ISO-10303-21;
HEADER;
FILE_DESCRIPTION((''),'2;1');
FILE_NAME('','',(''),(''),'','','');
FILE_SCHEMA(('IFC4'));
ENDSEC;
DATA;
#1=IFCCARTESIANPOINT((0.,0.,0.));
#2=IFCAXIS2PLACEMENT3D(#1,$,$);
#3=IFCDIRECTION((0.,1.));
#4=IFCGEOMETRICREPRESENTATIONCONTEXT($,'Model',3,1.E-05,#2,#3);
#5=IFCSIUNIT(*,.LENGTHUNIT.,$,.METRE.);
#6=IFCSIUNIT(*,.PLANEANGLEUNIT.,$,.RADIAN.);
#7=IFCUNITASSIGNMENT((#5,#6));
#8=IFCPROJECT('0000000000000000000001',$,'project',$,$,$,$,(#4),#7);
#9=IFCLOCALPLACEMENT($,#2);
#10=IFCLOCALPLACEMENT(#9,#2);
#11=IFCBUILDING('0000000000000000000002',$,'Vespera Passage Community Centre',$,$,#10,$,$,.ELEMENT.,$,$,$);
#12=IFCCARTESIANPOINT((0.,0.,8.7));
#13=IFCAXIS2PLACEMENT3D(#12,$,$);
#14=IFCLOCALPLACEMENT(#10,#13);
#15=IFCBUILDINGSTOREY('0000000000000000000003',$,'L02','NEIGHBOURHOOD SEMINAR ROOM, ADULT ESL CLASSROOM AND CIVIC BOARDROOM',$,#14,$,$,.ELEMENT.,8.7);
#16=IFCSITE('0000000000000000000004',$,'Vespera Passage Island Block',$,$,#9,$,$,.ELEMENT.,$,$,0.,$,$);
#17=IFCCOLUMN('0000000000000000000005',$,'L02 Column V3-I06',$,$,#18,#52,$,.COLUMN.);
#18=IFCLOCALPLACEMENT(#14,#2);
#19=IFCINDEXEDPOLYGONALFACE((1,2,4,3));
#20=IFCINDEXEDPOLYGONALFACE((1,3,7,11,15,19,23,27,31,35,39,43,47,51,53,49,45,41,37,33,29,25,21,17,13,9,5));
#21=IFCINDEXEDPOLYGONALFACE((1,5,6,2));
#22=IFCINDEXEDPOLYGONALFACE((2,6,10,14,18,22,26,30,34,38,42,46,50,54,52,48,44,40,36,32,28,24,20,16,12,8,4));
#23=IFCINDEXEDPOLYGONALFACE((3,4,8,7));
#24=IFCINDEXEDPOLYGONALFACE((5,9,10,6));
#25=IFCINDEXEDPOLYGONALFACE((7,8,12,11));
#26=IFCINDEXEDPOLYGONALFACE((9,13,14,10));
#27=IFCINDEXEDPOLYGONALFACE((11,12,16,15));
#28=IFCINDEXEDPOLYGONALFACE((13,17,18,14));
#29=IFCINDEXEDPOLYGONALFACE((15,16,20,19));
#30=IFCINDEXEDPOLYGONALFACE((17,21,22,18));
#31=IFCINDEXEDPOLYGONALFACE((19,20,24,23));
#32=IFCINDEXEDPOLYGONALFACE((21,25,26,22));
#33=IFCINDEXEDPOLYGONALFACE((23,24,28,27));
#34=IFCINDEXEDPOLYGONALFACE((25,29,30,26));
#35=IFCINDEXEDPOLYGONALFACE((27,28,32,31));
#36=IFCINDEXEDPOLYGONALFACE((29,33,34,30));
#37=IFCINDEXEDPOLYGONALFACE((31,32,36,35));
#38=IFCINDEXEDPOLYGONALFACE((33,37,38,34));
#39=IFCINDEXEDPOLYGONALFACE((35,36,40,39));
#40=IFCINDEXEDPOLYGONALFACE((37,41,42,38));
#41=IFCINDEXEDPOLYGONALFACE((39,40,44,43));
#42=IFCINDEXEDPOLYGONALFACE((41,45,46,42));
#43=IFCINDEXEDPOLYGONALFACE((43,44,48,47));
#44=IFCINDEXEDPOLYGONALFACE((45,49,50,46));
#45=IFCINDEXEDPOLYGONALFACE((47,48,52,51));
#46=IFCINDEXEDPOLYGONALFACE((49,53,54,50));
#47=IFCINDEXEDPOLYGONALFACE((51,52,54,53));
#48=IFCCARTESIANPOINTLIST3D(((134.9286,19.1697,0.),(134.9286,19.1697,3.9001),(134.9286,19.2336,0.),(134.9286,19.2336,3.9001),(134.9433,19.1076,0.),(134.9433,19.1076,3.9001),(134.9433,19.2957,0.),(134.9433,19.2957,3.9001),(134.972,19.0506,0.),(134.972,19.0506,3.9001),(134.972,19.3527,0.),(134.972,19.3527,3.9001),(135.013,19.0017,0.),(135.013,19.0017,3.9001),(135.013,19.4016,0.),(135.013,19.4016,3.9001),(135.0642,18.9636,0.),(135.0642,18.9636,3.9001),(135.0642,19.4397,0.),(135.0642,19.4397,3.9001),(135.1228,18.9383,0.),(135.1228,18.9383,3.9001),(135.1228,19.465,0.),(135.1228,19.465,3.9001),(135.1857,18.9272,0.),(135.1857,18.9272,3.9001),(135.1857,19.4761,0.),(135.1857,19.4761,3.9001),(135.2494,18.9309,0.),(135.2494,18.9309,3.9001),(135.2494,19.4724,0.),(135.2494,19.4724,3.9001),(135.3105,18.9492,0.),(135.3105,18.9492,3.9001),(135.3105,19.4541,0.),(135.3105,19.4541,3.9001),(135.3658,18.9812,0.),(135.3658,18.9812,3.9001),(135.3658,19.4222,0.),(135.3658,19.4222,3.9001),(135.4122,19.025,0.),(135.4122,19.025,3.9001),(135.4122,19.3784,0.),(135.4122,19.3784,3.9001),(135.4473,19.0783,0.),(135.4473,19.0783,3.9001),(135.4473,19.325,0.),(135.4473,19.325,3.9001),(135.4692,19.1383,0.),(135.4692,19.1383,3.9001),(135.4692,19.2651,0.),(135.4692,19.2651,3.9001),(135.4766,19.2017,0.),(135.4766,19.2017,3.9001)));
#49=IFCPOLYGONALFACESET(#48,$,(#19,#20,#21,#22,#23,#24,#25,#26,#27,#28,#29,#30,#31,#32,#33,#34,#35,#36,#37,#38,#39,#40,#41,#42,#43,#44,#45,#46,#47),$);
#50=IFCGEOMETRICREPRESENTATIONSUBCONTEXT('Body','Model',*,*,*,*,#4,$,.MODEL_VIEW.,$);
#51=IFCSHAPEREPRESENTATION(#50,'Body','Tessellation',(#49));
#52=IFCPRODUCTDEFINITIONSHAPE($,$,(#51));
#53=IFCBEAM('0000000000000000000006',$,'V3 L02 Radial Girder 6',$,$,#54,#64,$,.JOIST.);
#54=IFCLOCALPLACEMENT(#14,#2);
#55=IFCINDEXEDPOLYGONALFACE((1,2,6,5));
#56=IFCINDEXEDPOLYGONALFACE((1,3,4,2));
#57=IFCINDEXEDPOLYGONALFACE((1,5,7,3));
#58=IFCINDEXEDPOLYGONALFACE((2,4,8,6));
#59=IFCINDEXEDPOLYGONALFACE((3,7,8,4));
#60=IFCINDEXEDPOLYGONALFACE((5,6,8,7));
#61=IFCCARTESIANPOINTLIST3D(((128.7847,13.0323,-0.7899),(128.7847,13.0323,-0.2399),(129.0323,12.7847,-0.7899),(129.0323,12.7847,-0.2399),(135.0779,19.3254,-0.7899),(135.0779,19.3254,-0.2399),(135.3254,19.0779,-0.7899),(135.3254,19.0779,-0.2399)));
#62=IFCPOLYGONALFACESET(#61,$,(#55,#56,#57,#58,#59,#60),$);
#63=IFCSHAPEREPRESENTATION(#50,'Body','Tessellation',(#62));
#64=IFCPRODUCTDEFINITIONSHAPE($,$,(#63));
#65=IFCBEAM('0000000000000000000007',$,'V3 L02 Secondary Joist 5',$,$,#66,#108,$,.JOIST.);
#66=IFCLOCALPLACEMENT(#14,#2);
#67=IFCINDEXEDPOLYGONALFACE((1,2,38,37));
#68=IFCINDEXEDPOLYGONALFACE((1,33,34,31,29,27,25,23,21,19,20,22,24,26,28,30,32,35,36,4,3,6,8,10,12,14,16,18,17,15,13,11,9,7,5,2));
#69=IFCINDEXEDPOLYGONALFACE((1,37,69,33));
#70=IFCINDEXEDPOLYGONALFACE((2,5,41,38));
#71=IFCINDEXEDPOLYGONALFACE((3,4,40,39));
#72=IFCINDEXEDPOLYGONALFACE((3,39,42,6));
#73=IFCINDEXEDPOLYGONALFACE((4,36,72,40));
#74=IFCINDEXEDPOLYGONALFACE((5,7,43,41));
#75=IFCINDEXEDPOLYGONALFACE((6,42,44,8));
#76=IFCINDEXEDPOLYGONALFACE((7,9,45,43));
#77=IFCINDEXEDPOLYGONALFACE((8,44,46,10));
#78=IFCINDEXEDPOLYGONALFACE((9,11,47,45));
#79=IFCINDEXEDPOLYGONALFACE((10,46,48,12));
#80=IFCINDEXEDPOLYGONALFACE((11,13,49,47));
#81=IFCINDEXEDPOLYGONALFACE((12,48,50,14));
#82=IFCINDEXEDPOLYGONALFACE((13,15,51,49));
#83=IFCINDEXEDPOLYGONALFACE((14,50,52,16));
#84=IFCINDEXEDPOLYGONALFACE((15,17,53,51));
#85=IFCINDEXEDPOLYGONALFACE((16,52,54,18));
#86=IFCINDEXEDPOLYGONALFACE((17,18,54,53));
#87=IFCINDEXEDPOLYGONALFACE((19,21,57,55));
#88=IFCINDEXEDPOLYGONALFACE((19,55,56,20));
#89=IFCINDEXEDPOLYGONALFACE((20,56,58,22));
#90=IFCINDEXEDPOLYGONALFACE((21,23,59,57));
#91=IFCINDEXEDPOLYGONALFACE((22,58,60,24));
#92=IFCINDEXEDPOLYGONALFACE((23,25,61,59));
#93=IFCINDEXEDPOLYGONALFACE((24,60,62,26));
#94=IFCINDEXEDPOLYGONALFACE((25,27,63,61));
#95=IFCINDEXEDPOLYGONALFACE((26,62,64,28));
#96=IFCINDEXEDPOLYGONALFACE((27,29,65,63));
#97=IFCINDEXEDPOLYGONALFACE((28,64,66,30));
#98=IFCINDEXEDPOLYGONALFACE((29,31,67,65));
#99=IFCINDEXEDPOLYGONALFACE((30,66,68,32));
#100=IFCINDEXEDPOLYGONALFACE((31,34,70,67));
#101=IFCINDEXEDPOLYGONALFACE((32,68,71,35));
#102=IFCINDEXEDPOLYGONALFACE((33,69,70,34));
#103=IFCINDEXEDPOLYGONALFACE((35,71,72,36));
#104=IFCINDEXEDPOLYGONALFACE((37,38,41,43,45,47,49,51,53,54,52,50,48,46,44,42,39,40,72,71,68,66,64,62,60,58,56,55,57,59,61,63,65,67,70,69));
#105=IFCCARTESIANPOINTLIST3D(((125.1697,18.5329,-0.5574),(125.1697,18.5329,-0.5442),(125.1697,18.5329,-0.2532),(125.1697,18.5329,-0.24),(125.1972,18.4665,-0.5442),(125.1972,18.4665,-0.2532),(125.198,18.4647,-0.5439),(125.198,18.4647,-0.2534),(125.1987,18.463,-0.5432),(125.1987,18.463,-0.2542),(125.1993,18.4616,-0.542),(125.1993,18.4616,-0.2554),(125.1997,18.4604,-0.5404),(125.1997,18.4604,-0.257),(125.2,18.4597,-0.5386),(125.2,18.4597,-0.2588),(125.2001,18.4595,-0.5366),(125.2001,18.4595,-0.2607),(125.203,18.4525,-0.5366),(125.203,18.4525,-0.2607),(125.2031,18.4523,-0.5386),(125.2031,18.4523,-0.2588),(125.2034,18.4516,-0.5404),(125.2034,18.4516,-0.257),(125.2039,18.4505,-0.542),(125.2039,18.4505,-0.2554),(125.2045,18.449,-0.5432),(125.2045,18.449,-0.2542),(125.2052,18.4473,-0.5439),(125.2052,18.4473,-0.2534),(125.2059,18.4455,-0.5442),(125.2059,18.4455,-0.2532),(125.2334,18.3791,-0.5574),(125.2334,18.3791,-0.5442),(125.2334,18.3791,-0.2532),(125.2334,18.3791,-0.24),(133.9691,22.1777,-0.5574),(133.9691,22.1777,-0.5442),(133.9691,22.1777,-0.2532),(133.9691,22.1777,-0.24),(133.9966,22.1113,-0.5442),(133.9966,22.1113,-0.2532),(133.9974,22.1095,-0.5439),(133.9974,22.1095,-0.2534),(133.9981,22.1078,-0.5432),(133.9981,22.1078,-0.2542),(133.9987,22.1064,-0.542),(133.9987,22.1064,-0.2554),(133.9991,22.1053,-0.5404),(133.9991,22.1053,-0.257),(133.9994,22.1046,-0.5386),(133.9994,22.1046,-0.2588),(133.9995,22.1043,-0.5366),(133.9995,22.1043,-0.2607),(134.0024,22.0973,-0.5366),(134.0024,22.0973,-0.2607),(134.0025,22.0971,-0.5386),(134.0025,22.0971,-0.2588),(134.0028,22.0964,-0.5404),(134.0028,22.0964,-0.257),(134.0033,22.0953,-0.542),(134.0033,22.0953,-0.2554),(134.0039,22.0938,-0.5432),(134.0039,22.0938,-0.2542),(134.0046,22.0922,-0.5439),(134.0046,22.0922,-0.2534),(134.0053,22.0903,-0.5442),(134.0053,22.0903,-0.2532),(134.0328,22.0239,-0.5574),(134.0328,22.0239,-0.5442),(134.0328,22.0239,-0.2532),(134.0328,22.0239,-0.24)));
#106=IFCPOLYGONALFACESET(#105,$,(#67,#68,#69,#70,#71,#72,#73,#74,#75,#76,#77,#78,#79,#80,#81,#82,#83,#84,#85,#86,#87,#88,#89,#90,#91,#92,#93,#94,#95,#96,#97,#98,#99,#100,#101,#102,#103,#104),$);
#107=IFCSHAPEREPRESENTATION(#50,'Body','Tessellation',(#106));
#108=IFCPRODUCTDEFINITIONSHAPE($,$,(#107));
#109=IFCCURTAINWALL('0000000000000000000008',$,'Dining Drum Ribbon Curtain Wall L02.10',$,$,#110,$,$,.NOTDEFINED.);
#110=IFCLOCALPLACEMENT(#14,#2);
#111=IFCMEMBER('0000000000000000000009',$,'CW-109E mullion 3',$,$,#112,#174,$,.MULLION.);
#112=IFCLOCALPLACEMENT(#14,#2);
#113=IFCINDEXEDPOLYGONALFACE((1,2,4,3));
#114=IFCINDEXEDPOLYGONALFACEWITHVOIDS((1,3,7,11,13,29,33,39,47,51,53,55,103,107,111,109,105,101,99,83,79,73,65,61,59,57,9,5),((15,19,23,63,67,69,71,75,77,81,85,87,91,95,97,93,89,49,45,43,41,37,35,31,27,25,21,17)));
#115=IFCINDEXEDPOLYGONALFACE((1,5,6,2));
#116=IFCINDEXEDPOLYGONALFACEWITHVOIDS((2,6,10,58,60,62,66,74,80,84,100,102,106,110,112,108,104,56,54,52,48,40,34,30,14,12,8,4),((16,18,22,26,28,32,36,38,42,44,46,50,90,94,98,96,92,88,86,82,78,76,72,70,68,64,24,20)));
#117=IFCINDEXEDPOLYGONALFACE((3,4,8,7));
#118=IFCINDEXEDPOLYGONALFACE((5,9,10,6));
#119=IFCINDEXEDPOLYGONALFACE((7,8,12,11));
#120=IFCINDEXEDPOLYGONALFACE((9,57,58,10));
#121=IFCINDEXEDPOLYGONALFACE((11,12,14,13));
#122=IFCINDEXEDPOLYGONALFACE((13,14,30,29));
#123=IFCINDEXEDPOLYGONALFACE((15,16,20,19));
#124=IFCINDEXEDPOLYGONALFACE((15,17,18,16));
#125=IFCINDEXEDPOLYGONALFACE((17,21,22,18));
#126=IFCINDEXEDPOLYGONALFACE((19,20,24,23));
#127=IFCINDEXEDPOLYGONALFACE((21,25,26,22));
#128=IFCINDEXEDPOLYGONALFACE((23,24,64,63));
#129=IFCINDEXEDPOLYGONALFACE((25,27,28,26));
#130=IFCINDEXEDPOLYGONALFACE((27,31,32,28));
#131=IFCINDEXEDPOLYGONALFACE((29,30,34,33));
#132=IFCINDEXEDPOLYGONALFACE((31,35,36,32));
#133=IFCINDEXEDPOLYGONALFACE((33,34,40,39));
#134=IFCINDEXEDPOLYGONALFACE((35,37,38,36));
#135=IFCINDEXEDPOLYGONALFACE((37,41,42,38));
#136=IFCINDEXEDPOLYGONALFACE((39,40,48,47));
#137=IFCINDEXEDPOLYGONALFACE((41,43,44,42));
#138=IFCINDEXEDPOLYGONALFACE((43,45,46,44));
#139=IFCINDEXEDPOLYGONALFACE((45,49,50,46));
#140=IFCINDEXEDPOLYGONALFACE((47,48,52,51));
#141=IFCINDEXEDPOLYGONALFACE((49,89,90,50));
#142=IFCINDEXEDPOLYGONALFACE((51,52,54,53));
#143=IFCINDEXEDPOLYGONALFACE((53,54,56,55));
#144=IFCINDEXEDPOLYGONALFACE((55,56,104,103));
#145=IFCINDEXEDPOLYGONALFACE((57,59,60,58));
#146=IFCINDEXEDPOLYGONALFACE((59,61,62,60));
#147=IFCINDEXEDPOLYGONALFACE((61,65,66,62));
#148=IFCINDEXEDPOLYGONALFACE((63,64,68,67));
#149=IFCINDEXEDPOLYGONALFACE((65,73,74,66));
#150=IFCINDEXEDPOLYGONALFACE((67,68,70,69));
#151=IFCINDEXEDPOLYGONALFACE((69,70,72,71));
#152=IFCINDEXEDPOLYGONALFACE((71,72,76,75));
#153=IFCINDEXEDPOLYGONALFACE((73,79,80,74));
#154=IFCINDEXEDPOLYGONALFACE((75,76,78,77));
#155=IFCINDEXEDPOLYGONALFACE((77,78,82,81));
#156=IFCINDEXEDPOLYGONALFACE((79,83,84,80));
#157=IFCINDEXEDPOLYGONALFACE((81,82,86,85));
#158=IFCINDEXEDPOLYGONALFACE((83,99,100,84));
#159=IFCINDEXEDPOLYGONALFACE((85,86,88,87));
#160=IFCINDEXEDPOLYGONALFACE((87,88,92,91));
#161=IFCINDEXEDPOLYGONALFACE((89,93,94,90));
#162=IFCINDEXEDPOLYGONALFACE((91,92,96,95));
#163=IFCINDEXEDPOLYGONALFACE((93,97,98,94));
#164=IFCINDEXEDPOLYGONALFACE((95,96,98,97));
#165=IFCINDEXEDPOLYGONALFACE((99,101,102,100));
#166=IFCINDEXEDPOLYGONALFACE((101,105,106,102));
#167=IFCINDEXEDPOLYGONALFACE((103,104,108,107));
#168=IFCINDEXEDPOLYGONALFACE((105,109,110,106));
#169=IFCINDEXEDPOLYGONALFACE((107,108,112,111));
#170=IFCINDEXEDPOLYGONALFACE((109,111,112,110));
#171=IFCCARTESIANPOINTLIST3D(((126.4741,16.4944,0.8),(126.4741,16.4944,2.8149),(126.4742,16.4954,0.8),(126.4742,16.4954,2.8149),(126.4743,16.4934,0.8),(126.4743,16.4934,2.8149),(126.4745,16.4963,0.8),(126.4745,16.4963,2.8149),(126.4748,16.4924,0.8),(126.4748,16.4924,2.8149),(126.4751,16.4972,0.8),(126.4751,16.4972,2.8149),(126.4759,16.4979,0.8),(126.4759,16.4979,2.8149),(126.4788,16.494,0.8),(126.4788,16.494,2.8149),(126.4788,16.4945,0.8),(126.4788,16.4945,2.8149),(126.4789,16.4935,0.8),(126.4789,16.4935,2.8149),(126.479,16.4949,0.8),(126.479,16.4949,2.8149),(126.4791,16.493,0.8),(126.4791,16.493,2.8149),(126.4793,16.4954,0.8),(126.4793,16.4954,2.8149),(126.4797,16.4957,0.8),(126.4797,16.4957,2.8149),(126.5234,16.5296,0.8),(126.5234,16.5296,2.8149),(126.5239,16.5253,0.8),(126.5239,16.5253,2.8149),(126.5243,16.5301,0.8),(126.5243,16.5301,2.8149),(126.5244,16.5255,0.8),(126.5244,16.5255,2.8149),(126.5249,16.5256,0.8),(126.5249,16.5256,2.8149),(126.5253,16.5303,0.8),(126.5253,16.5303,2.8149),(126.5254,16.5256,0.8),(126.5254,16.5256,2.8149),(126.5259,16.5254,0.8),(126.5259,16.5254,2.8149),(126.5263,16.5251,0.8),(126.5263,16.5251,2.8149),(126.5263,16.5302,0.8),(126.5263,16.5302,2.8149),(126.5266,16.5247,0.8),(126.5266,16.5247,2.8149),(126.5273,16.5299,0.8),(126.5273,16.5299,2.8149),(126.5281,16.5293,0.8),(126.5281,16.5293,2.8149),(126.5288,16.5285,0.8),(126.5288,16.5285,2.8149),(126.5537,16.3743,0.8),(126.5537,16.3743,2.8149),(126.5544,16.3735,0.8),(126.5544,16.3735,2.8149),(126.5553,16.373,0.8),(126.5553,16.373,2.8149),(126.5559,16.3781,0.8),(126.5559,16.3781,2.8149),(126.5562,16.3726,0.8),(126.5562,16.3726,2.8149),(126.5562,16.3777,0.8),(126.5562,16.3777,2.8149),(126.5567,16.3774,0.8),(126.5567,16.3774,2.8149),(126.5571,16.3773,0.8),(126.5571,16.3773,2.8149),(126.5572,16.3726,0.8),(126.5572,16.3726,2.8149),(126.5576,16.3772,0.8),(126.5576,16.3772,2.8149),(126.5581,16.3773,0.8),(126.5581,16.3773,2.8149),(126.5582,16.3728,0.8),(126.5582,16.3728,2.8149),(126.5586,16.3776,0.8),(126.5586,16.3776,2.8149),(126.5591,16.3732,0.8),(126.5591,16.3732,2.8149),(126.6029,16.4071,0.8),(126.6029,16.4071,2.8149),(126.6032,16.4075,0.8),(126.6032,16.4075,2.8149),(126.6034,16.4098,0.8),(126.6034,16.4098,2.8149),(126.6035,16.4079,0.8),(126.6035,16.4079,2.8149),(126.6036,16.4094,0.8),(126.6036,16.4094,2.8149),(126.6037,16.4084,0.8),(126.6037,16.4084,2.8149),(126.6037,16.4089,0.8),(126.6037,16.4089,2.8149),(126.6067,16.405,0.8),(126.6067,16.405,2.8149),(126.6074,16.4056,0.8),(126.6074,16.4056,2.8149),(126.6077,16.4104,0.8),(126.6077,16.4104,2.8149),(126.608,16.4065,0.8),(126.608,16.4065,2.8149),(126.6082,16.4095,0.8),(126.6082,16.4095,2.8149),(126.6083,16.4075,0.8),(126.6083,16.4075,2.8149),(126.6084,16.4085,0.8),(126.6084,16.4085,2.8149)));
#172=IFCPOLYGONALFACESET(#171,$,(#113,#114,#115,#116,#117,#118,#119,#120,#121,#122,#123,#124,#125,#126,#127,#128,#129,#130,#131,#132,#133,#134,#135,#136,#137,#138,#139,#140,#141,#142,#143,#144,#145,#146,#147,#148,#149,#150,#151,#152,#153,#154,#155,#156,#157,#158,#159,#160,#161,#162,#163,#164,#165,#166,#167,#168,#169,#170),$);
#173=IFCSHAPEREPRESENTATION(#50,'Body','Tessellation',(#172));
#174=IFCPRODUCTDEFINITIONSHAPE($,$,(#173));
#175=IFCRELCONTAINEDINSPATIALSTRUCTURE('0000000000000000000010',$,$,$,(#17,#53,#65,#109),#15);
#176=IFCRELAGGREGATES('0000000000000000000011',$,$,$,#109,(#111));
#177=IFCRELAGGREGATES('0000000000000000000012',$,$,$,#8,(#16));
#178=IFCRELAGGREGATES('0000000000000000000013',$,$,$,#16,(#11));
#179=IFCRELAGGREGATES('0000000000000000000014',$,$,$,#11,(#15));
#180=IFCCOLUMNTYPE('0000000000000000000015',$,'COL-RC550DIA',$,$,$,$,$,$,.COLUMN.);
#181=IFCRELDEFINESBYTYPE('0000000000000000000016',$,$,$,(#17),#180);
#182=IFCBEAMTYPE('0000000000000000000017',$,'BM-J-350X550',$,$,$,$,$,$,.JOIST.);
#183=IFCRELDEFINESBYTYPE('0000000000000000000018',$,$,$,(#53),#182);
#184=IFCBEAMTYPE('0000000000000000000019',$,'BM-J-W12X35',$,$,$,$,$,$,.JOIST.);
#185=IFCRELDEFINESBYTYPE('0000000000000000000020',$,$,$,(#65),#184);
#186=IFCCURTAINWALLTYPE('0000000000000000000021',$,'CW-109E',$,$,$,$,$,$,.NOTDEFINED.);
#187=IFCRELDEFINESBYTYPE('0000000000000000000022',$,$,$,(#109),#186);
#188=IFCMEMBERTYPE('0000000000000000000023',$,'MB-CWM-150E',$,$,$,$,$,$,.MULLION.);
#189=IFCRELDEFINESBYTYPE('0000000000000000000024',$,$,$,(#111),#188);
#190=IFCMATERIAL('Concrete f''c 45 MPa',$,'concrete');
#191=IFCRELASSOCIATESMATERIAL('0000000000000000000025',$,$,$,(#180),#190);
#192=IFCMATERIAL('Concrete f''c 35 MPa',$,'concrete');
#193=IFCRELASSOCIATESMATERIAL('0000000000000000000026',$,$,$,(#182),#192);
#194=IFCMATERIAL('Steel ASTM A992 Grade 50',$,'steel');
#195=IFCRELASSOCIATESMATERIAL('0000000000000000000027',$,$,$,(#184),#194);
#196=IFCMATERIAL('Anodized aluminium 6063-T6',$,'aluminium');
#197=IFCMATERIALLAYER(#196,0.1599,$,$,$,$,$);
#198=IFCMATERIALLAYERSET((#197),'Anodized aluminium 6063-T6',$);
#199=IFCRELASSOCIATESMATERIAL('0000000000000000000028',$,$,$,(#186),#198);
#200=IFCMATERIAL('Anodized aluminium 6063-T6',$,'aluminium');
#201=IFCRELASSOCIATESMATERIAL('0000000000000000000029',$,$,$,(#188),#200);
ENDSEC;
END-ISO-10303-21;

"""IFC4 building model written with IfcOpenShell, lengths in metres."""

from ifc_helpers import new_model, si_unit, direction, frame, origin, origin_2d, place, context, subcontext, project, spatial, rectangle, hollow_rectangle, circle, i_section, extrude, material, layer, layer_set, material_profile, profile_set, type_object, element, aggregate, save


model = new_model("IFC4")

# Units and contexts
model_context = context("Model", 3, precision=1e-05, world=origin(), true_north=direction((0.0, 1.0)))
body_context = subcontext(model_context, "Body", "Model", "MODEL_VIEW")
ifc_project = project(units=[si_unit("LENGTHUNIT", "METRE"), si_unit("PLANEANGLEUNIT", "RADIAN")], contexts=[model_context])

# Site, building, storey
site_placement = place(None, origin())
site = spatial("IfcSite", under=ifc_project, at=site_placement, Name="Vespera Passage Island Block", CompositionType="ELEMENT", RefElevation=0.0)
building_placement = place(site_placement, origin())
building = spatial("IfcBuilding", under=site, at=building_placement, Name="Vespera Passage Community Centre", CompositionType="ELEMENT")
storey_placement = place(building_placement, frame((0.0, 0.0, 8.7)))
storey = spatial("IfcBuildingStorey", under=building, at=storey_placement, Name="L02", Description="NEIGHBOURHOOD SEMINAR ROOM, ADULT ESL CLASSROOM AND CIVIC BOARDROOM", CompositionType="ELEMENT", Elevation=8.7)

# Column
ifc_material_1 = material(Name="Concrete f'c 45 MPa", Category="concrete")
ifc_material_profile_1 = material_profile(ifc_material_1, circle(Radius=0.2749, at=origin_2d()), Name="RC550DIA")
ifc_profile_set_1 = profile_set([ifc_material_profile_1], Name="Concrete f'c 45 MPa")
column_type = type_object("IfcColumnType", Name="COL-RC550DIA", PredefinedType="COLUMN", material=ifc_profile_set_1)
column_placement = place(storey_placement, frame((135.2017, 19.2017, 0.0), z_axis=(0.0, 0.0, 1.0), x_axis=(1.0, 0.0, 0.0)))
element("IfcColumn", 1, at=column_placement, inside=storey, type_object=column_type, Name="L02 Column V3-I06", PredefinedType="COLUMN", context=body_context, shape_type="SweptSolid", body=[
    extrude(circle(Radius=0.2749, at=origin_2d()), origin(), (0.0, 0.0, 1.0), 3.9001),
])

# Beams
ifc_material_2 = material(Name="Concrete f'c 35 MPa", Category="concrete")
ifc_material_profile_2 = material_profile(ifc_material_2, rectangle(XDim=0.3501, YDim=0.55, at=origin_2d()), Name="RC350X550")
ifc_profile_set_2 = profile_set([ifc_material_profile_2], Name="Concrete f'c 35 MPa")
beam_type_1 = type_object("IfcBeamType", Name="BM-J-350X550", PredefinedType="JOIST", material=ifc_profile_set_2)
beam_1_placement = place(storey_placement, frame((135.2017, 19.2017, -0.5149), z_axis=(-0.707107, -0.707107, 0.0), x_axis=(0.707107, -0.707107, 0.0)))
element("IfcBeam", 2, at=beam_1_placement, inside=storey, type_object=beam_type_1, Name="V3 L02 Radial Girder 6", PredefinedType="JOIST", context=body_context, shape_type="SweptSolid", body=[
    extrude(rectangle(XDim=0.3501, YDim=0.55, at=origin_2d()), origin(), (0.0, 0.0, 1.0), 8.8999),
])
ifc_material_3 = material(Name="Steel ASTM A992 Grade 50", Category="steel")
ifc_material_profile_3 = material_profile(ifc_material_3, i_section(OverallWidth=0.1665, OverallDepth=0.3174, WebThickness=0.0076, FlangeThickness=0.0132, FilletRadius=0.0076, at=origin_2d()), Name="W12X35")
ifc_profile_set_3 = profile_set([ifc_material_profile_3], Name="Steel ASTM A992 Grade 50")
beam_type_2 = type_object("IfcBeamType", Name="BM-J-W12X35", PredefinedType="JOIST", material=ifc_profile_set_3)
beam_2_placement = place(storey_placement, frame((134.001, 22.1008, -0.3987), z_axis=(-0.92388, -0.382682, 0.0), x_axis=(0.382682, -0.92388, 0.0)))
element("IfcBeam", 3, at=beam_2_placement, inside=storey, type_object=beam_type_2, Name="V3 L02 Secondary Joist 5", PredefinedType="JOIST", context=body_context, shape_type="SweptSolid", body=[
    extrude(i_section(OverallWidth=0.1665, OverallDepth=0.3174, WebThickness=0.0076, FlangeThickness=0.0132, FilletRadius=0.0076, at=origin_2d()), origin(), (0.0, 0.0, 1.0), 9.5244),
])

# Curtain wall, member
ifc_material_4 = material(Name="Anodized aluminium 6063-T6", Category="aluminium")
ifc_layer_1 = layer(ifc_material_4, 0.1599)
ifc_layer_set_1 = layer_set([ifc_layer_1], Name="Anodized aluminium 6063-T6")
curtain_wall_type_1 = type_object("IfcCurtainWallType", Name="CW-109E", PredefinedType="NOTDEFINED", material=ifc_layer_set_1)
curtain_wall_1_placement = place(storey_placement, origin())
curtain_wall_1 = element("IfcCurtainWall", 4, at=curtain_wall_1_placement, inside=storey, type_object=curtain_wall_type_1, Name="Dining Drum Ribbon Curtain Wall L02.10", PredefinedType="NOTDEFINED")
ifc_material_5 = material(Name="Anodized aluminium 6063-T6", Category="aluminium")
ifc_material_profile_4 = material_profile(ifc_material_5, hollow_rectangle(XDim=0.0649, YDim=0.1499, WallThickness=0.0039, InnerFilletRadius=0.002, OuterFilletRadius=0.0039, at=origin_2d()), Name="ALU150X65X4")
ifc_profile_set_4 = profile_set([ifc_material_profile_4], Name="Anodized aluminium 6063-T6")
member_type_1 = type_object("IfcMemberType", Name="MB-CWM-150E", PredefinedType="MULLION", material=ifc_profile_set_4)
member_1_placement = place(storey_placement, frame((126.5413, 16.4514, 0.8), z_axis=(0.0, 0.0, 1.0), x_axis=(-0.831473, -0.555565, 0.0)))
member_1 = element("IfcMember", 5, at=member_1_placement, type_object=member_type_1, Name="CW-109E mullion 3", PredefinedType="MULLION", context=body_context, shape_type="SweptSolid", body=[
    extrude(hollow_rectangle(XDim=0.0649, YDim=0.1499, WallThickness=0.0039, InnerFilletRadius=0.002, OuterFilletRadius=0.0039, at=origin_2d()), origin(), (0.0, 0.0, 1.0), 2.0149),
])

aggregate(curtain_wall_1, [member_1])

save(model, "model.ifc")
